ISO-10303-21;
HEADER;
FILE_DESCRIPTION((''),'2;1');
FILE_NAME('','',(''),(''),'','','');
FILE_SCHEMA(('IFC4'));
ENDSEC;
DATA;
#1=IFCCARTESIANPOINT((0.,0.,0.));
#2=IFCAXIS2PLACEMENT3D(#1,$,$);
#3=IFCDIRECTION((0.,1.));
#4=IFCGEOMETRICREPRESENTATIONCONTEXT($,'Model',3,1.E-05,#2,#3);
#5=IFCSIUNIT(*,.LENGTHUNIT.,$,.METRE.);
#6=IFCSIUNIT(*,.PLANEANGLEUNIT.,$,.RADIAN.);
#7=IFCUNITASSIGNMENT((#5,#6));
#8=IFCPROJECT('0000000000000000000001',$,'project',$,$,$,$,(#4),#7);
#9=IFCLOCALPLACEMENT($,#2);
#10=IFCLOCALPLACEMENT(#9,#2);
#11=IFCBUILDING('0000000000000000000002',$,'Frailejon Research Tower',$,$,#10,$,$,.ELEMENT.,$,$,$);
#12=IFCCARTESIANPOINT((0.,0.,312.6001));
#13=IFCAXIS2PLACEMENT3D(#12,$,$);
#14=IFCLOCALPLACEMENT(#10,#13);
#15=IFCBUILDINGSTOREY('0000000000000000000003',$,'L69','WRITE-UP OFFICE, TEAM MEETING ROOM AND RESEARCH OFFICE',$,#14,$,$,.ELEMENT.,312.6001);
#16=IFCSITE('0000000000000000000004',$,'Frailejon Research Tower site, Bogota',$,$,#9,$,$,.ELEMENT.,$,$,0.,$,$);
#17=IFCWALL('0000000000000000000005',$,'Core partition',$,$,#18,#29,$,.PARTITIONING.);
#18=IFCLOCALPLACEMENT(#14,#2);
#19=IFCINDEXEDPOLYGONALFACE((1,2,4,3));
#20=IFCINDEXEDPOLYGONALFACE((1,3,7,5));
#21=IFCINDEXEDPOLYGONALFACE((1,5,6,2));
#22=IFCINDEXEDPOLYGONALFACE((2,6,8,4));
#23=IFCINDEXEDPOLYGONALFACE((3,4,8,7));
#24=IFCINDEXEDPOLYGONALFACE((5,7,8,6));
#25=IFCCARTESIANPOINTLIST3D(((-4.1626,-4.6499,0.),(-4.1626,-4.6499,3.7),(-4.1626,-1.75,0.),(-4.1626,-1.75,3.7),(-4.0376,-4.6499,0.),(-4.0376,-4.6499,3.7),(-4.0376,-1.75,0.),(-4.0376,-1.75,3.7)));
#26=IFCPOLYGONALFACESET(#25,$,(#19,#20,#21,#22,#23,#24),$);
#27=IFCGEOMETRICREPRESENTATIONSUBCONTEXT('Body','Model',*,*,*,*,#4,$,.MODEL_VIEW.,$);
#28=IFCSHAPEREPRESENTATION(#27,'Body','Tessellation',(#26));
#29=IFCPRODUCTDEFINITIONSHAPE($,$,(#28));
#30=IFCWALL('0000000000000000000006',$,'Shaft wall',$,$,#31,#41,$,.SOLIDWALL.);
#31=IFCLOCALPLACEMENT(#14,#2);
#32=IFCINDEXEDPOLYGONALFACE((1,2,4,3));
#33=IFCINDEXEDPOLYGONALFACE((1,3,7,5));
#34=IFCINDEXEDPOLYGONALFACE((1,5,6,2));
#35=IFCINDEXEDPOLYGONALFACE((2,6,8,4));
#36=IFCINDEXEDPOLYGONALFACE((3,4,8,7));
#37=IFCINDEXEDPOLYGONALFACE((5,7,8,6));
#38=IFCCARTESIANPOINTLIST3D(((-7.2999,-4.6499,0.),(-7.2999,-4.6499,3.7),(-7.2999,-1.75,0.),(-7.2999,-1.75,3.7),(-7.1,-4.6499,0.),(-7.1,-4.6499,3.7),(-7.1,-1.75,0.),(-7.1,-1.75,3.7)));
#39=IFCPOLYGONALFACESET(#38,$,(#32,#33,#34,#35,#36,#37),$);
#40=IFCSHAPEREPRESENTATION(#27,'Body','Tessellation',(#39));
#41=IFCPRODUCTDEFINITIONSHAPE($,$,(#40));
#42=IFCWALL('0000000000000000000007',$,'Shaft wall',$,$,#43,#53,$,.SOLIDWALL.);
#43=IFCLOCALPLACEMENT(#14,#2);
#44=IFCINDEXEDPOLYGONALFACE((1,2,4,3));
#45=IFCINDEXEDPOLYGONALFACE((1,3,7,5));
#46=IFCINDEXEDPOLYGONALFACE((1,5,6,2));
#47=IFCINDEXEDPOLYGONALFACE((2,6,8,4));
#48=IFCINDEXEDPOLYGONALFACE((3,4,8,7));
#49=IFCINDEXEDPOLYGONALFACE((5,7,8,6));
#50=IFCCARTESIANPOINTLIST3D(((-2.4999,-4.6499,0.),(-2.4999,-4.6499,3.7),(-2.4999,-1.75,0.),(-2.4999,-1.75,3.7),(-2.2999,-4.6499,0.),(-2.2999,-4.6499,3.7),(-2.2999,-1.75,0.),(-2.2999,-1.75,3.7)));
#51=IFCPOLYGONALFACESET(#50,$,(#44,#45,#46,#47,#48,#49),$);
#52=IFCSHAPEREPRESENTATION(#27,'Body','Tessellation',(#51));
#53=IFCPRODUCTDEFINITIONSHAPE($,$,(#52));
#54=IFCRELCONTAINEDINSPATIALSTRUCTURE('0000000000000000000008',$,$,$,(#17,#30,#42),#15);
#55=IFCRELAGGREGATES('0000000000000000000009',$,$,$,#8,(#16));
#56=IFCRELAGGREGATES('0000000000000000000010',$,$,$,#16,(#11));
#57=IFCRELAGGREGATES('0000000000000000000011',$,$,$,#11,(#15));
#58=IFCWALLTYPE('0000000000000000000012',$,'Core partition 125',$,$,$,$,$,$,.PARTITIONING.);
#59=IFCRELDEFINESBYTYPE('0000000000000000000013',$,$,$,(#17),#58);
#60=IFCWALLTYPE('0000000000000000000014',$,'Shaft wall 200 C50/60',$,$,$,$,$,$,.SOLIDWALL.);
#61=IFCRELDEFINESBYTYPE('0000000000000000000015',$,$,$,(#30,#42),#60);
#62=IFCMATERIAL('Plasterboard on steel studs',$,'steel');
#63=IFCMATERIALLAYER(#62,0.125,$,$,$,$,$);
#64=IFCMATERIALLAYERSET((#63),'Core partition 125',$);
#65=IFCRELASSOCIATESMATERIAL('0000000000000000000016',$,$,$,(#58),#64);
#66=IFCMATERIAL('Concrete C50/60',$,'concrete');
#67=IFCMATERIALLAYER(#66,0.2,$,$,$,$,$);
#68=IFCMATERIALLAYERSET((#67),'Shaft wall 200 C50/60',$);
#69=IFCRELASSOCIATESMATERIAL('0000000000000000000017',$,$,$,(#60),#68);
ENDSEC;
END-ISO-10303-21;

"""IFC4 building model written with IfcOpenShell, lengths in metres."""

from ifc_helpers import new_model, si_unit, direction, frame, frame_2d, origin, place, context, subcontext, project, spatial, rectangle, extrude, material, layer, layer_set, type_object, element, save


model = new_model("IFC4")

# Units and contexts
model_context = context("Model", 3, precision=1e-05, world=origin(), true_north=direction((0.0, 1.0)))
body_context = subcontext(model_context, "Body", "Model", "MODEL_VIEW")
ifc_project = project(units=[si_unit("LENGTHUNIT", "METRE"), si_unit("PLANEANGLEUNIT", "RADIAN")], contexts=[model_context])

# Site, building, storey
site_placement = place(None, origin())
site = spatial("IfcSite", under=ifc_project, at=site_placement, Name="Frailejon Research Tower site, Bogota", CompositionType="ELEMENT", RefElevation=0.0)
building_placement = place(site_placement, origin())
building = spatial("IfcBuilding", under=site, at=building_placement, Name="Frailejon Research Tower", CompositionType="ELEMENT")
storey_placement = place(building_placement, frame((0.0, 0.0, 312.6001)))
storey = spatial("IfcBuildingStorey", under=building, at=storey_placement, Name="L69", Description="WRITE-UP OFFICE, TEAM MEETING ROOM AND RESEARCH OFFICE", CompositionType="ELEMENT", Elevation=312.6001)

# Walls
ifc_material_1 = material(Name="Plasterboard on steel studs", Category="steel")
ifc_layer_1 = layer(ifc_material_1, 0.125)
ifc_layer_set_1 = layer_set([ifc_layer_1], Name="Core partition 125")
wall_type_1 = type_object("IfcWallType", Name="Core partition 125", PredefinedType="PARTITIONING", material=ifc_layer_set_1)
wall_1_placement = place(storey_placement, frame((-4.1001, -4.6499, 0.0), z_axis=(0.0, 0.0, 1.0), x_axis=(0.0, 1.0, 0.0)))
element("IfcWall", 1, at=wall_1_placement, inside=storey, type_object=wall_type_1, Name="Core partition", PredefinedType="PARTITIONING", context=body_context, shape_type="SweptSolid", body=[
    extrude(rectangle(XDim=2.8999, YDim=0.125, at=frame_2d((1.45, 0.0))), origin(), (0.0, 0.0, 1.0), 3.7),
])
ifc_material_2 = material(Name="Concrete C50/60", Category="concrete")
ifc_layer_2 = layer(ifc_material_2, 0.2)
ifc_layer_set_2 = layer_set([ifc_layer_2], Name="Shaft wall 200 C50/60")
wall_type_2 = type_object("IfcWallType", Name="Shaft wall 200 C50/60", PredefinedType="SOLIDWALL", material=ifc_layer_set_2)
for number, where, z_axis, x_axis, name in (
    (2, (-7.2, -4.6499, 0.0), (0.0, 0.0, 1.0), (0.0, 1.0, 0.0), "Shaft wall"),
    (3, (-2.3999, -4.6499, 0.0), (0.0, 0.0, 1.0), (0.0, 1.0, 0.0), "Shaft wall"),
):
    element("IfcWall", number, at=place(storey_placement, frame(where, z_axis=z_axis, x_axis=x_axis)), inside=storey, type_object=wall_type_2, Name=name, PredefinedType="SOLIDWALL", context=body_context, shape_type="SweptSolid", body=[
        extrude(rectangle(XDim=2.8999, YDim=0.2, at=frame_2d((1.45, 0.0))), origin(), (0.0, 0.0, 1.0), 3.7),
    ])

save(model, "model.ifc")
